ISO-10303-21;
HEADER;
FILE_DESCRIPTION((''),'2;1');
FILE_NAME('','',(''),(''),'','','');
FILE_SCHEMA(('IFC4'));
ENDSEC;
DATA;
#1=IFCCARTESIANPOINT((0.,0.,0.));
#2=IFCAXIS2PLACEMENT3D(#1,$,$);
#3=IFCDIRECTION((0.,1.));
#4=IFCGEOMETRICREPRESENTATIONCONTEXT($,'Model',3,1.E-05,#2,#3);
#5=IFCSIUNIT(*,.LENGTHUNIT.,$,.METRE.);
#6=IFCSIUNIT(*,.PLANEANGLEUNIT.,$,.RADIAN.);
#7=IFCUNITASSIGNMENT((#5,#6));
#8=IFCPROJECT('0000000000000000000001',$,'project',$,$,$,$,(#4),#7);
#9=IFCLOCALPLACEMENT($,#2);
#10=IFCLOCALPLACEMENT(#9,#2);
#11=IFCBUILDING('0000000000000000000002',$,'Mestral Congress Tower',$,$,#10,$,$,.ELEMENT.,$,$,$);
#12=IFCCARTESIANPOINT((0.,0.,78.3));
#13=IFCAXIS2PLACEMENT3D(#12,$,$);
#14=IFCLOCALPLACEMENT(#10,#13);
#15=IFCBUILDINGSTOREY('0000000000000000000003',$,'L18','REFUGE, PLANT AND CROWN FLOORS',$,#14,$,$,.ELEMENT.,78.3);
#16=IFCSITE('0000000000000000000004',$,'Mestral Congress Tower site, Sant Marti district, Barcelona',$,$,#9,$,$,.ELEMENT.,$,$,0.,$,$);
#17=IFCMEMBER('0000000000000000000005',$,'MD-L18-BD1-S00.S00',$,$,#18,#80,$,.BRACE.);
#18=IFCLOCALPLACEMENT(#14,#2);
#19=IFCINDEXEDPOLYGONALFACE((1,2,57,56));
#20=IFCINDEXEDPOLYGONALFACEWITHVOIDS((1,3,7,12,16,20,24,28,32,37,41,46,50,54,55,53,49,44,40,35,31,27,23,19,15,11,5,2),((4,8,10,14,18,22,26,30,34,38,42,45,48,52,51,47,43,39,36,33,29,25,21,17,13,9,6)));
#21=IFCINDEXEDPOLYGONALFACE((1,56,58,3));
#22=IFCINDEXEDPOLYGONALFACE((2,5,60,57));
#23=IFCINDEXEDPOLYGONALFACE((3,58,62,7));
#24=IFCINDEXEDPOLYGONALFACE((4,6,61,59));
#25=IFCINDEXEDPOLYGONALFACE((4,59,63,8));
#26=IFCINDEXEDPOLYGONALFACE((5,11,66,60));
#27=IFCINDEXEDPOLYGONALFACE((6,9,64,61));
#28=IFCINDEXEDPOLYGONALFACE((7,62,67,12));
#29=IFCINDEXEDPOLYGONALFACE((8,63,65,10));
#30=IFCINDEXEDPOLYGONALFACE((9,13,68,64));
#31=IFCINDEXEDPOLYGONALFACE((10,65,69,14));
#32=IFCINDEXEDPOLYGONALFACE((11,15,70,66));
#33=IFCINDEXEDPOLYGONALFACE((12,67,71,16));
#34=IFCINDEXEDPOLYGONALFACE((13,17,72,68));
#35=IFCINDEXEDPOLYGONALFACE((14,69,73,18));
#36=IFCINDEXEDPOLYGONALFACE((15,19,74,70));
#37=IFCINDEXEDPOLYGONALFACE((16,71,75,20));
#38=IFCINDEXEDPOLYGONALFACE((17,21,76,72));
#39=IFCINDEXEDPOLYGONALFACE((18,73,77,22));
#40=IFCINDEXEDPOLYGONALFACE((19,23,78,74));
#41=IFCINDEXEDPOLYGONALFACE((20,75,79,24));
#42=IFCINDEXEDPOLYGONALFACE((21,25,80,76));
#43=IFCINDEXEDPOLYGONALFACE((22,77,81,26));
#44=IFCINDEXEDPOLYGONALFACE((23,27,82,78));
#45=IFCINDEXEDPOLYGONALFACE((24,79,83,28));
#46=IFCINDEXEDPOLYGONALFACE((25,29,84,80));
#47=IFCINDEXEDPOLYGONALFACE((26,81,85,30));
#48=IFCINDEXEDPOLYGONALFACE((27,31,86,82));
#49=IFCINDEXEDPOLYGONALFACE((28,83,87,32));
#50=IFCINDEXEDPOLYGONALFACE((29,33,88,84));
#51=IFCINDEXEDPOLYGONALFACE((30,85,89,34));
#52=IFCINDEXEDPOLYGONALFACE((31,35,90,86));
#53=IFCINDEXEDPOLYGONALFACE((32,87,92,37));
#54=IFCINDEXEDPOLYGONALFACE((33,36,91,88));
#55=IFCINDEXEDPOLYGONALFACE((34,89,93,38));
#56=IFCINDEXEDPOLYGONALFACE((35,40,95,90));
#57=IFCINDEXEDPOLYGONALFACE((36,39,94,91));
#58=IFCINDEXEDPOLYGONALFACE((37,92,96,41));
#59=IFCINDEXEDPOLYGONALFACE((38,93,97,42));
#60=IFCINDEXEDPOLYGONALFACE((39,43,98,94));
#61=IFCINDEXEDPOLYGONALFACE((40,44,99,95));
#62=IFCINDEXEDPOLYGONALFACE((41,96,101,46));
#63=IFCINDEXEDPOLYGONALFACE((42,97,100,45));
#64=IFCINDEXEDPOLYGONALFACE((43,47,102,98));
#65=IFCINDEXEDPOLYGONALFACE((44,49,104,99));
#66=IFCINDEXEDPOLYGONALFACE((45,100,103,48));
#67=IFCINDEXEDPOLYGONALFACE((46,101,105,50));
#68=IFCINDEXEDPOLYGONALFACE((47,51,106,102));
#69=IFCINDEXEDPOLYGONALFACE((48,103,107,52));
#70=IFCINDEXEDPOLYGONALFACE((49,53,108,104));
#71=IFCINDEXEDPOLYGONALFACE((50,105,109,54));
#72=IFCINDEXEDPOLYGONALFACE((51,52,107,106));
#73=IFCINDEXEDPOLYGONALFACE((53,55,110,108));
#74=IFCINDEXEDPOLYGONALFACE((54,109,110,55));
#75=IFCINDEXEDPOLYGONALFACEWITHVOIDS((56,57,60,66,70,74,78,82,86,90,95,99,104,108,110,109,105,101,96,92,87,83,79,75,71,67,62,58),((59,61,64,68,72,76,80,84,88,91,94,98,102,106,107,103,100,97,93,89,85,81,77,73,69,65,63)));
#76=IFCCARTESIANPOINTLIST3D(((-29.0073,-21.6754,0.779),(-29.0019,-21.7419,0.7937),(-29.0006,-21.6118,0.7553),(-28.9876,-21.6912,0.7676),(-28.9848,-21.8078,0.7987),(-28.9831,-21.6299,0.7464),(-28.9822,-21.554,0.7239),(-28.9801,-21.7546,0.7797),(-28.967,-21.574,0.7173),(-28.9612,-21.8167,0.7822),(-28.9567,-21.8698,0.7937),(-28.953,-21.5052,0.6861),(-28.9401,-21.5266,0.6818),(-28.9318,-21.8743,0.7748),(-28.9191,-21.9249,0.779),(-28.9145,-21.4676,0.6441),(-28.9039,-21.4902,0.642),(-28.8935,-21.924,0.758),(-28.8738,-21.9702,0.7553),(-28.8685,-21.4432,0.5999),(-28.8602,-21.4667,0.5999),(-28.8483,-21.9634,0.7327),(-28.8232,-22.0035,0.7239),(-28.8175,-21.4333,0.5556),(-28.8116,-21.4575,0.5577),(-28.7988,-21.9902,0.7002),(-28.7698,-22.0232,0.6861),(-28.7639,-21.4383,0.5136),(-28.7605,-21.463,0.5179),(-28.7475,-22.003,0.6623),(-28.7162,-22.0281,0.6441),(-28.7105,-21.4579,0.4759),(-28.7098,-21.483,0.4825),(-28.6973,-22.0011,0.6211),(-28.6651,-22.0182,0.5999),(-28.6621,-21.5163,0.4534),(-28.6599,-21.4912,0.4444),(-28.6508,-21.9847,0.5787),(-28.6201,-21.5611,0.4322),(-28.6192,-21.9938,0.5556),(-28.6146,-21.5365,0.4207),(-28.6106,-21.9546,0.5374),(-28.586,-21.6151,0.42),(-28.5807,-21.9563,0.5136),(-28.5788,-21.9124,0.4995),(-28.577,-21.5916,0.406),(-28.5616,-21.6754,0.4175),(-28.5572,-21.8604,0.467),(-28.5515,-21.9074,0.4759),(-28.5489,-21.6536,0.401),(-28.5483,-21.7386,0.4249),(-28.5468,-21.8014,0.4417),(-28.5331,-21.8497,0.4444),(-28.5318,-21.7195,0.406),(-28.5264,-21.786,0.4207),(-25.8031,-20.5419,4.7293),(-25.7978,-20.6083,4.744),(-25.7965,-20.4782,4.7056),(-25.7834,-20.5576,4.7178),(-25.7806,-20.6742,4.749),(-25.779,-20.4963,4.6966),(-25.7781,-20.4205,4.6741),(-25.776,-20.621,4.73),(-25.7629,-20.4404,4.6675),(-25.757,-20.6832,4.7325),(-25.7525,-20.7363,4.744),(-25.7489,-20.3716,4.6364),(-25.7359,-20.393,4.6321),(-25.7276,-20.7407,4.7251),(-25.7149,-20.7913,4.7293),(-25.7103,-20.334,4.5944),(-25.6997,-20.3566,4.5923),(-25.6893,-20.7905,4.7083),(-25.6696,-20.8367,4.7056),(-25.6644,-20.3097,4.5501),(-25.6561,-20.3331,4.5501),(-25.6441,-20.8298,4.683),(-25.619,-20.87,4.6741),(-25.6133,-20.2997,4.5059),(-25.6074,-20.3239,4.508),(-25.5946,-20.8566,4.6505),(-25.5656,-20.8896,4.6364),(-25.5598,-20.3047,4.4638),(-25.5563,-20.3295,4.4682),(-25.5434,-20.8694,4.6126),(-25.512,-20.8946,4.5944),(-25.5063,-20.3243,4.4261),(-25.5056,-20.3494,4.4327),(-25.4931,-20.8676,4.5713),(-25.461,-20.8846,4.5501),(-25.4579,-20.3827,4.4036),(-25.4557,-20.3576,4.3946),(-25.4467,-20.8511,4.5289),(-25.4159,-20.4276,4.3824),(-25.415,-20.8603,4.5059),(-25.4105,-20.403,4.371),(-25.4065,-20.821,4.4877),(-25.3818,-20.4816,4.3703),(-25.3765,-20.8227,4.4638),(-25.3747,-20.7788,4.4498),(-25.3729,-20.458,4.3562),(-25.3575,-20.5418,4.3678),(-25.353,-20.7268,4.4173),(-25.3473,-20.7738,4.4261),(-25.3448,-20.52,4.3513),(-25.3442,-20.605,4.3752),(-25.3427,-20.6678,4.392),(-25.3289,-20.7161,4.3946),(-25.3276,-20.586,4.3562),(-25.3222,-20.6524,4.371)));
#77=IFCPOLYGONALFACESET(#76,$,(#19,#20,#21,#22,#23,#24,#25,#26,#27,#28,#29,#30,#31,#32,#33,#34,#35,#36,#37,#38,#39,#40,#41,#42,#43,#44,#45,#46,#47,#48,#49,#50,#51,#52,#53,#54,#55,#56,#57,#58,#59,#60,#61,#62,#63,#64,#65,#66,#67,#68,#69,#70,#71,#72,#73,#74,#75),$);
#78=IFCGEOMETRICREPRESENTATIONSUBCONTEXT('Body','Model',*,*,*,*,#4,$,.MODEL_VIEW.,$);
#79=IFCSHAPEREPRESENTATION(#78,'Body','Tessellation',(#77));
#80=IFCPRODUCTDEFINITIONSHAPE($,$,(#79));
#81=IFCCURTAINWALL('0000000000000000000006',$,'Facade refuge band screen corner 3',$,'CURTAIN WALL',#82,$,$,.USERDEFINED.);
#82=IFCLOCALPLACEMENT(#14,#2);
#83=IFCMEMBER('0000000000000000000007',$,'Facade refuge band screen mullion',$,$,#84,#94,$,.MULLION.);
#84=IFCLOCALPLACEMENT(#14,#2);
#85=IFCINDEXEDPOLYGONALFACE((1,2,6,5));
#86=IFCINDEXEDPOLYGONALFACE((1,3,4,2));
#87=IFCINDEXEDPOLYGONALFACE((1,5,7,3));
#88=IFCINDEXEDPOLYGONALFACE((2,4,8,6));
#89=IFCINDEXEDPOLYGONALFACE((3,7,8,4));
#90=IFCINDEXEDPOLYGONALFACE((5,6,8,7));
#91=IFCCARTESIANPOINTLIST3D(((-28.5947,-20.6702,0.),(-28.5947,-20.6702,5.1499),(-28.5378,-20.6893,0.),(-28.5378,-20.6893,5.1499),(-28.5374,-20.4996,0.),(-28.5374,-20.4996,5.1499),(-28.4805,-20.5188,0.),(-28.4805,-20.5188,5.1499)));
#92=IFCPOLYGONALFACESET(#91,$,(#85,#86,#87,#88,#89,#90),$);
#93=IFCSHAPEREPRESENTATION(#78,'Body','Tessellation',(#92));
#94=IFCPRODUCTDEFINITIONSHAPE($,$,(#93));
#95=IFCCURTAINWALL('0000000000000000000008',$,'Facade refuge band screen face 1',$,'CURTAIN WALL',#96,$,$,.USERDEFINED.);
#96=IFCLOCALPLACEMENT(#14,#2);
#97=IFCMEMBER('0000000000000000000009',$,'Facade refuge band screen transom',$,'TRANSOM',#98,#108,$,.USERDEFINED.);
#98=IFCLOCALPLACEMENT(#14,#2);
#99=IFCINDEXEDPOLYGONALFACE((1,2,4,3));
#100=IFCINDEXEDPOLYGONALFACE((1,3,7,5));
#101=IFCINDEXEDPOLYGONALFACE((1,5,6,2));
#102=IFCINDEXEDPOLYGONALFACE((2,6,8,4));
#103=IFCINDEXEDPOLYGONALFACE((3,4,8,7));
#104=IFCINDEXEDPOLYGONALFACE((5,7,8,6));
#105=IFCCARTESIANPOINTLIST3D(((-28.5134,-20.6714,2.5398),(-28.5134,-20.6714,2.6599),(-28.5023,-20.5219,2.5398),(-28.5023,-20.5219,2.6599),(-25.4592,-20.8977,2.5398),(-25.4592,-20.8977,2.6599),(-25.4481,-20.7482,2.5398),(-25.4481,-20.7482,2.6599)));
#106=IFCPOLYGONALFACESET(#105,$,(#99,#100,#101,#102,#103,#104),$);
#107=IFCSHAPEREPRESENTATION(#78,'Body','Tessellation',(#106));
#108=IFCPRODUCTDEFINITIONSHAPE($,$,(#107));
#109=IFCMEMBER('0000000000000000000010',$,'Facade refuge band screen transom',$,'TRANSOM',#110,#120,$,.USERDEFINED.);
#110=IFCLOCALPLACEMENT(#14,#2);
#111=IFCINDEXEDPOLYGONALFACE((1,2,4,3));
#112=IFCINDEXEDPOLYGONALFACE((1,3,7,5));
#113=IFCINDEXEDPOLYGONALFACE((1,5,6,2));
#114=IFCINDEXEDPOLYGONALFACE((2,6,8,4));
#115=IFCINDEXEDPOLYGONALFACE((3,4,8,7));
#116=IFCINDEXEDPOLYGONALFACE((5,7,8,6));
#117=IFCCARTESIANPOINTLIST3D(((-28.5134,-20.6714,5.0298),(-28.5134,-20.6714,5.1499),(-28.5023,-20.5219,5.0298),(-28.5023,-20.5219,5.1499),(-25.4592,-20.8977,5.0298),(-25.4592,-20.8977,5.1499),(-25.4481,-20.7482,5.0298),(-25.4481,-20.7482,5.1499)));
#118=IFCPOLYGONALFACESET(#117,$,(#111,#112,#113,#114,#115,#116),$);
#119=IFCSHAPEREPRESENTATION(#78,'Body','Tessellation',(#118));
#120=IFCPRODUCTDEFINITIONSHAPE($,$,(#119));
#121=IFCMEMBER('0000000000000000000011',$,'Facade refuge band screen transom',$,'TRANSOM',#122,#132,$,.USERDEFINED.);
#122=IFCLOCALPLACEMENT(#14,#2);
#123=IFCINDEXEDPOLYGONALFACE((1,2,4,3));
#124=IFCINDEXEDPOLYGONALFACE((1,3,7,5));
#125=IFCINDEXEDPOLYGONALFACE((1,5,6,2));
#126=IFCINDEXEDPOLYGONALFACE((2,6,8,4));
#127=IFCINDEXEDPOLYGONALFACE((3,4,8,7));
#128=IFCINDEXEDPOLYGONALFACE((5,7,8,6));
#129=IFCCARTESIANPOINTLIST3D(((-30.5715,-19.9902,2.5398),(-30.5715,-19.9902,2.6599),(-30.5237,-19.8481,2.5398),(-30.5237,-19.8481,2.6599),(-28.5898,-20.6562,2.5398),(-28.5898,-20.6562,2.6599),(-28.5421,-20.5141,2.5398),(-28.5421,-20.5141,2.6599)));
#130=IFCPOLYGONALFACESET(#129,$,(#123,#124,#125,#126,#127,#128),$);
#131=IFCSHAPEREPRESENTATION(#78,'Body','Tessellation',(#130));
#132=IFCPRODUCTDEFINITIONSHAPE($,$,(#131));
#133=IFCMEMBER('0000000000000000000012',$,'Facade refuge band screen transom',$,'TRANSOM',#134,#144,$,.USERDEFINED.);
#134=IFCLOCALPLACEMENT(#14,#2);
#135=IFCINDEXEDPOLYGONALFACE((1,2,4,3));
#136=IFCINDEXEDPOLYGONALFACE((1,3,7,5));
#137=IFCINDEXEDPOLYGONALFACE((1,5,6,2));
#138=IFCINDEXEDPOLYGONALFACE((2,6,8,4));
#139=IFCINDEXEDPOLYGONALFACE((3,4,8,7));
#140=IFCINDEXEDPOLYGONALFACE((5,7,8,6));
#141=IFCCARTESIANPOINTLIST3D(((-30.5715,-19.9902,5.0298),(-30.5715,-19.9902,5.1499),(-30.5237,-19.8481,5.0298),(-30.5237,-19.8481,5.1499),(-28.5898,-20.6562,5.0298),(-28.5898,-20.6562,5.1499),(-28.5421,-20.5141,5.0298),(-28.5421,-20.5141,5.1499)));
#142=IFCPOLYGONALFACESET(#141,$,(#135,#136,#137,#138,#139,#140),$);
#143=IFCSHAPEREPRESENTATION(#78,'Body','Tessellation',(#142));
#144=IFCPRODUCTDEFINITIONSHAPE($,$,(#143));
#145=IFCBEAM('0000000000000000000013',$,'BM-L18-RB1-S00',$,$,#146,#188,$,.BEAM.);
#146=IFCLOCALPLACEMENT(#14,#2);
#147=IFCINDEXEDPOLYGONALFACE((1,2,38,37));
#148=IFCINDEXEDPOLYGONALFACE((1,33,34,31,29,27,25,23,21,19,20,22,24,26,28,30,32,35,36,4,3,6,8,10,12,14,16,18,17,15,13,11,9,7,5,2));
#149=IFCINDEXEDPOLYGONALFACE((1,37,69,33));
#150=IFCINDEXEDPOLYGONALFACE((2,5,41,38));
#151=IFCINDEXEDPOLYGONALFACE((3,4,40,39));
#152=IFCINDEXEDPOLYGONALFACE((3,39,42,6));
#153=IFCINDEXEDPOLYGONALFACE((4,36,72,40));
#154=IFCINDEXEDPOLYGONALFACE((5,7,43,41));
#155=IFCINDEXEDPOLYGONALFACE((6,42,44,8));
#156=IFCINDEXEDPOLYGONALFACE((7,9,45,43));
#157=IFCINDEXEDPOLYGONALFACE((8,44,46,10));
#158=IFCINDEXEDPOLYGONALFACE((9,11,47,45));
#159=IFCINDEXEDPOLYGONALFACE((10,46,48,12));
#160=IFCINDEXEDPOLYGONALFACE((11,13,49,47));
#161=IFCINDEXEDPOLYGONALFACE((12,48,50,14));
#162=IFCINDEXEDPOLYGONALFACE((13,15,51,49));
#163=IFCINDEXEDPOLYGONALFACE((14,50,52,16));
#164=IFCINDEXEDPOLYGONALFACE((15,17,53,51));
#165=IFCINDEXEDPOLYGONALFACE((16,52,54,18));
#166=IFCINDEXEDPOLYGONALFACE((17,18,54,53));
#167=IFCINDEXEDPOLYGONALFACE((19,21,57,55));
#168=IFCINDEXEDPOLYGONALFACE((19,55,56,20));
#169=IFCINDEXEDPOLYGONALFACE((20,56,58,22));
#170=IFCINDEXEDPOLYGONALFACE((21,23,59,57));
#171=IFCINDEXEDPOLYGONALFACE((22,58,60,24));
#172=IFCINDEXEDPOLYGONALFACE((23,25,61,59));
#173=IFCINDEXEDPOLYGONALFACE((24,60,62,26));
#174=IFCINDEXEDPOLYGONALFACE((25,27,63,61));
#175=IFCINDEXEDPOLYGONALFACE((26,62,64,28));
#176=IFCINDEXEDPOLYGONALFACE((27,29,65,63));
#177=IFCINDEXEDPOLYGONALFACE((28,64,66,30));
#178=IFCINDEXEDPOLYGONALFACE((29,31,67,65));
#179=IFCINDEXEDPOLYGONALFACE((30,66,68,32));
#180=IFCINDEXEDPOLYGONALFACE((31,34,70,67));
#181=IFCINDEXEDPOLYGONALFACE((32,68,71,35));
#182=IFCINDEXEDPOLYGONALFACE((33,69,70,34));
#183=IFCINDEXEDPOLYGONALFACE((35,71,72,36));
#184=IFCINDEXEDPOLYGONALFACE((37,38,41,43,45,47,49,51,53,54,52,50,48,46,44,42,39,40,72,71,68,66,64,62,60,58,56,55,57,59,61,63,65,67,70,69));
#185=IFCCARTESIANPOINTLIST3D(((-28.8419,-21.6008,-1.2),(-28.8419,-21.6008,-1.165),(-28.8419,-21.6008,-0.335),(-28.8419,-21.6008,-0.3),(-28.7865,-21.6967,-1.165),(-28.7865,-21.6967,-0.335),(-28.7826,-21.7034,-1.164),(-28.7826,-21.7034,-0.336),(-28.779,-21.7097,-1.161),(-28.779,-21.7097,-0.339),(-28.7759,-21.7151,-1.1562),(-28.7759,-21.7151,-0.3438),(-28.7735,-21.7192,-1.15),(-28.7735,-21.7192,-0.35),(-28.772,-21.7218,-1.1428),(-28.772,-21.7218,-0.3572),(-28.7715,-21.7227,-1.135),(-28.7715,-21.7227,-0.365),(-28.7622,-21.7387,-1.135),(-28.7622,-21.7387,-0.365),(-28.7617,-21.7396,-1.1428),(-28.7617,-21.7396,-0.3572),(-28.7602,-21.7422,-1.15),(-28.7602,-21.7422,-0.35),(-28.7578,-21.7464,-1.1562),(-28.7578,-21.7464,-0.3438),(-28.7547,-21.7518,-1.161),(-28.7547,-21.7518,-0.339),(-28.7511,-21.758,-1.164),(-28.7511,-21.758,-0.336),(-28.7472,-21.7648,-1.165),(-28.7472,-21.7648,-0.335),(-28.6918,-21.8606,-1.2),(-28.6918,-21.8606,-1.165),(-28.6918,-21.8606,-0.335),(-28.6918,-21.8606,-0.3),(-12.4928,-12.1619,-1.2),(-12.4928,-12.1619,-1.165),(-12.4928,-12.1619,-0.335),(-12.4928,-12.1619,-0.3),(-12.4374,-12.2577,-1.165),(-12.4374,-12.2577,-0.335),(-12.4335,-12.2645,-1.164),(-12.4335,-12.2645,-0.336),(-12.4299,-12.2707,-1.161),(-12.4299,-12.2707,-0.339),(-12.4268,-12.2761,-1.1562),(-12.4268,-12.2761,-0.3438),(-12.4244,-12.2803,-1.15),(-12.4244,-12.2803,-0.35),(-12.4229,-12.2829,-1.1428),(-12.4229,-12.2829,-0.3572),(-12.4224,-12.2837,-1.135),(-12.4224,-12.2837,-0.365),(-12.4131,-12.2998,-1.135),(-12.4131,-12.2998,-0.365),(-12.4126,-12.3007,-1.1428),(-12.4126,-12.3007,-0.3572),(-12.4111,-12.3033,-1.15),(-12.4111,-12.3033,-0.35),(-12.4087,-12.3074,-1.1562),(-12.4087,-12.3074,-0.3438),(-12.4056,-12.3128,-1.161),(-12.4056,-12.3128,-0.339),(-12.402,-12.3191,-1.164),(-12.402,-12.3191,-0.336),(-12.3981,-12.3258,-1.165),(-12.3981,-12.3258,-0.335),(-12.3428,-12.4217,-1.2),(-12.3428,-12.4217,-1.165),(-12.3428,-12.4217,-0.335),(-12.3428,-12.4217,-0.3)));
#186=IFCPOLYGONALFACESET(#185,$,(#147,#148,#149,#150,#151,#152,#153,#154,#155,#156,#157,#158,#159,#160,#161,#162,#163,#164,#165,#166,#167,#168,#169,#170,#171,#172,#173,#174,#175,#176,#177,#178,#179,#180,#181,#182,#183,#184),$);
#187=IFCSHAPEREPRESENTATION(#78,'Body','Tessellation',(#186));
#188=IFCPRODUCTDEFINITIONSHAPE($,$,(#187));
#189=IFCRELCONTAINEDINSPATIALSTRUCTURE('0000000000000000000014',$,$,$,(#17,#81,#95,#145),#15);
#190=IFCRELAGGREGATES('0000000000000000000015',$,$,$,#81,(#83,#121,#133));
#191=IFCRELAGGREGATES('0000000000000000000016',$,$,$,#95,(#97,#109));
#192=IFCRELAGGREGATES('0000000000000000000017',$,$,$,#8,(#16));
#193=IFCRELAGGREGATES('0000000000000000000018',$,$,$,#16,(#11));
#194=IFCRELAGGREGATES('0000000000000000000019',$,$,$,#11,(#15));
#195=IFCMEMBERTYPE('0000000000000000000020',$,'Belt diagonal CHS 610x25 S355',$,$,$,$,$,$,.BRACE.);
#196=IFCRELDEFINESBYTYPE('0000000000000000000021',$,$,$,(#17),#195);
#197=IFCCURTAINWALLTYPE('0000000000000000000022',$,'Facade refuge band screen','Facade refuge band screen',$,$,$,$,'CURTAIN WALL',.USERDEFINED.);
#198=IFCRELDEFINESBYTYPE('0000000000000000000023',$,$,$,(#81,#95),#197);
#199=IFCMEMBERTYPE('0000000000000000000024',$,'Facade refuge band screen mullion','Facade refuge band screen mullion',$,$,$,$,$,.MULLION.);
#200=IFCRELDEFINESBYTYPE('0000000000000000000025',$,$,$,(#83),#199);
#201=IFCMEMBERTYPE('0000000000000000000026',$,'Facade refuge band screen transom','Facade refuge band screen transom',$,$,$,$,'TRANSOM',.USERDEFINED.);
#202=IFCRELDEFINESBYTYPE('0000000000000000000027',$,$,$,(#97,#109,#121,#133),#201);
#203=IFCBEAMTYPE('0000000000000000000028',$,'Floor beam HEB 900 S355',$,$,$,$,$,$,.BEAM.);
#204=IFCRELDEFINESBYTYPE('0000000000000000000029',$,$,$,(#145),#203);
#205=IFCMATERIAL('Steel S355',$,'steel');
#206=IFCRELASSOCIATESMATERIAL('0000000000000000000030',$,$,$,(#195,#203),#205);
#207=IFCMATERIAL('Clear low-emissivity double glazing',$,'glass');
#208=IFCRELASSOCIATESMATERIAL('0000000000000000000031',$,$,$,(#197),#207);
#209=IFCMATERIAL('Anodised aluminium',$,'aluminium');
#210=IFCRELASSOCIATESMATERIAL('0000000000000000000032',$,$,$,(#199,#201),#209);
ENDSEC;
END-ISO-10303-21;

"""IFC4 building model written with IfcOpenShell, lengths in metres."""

from ifc_helpers import new_model, si_unit, direction, frame, origin, origin_2d, place, context, subcontext, project, spatial, rectangle, hollow_circle, i_section, extrude, material, material_profile, profile_set, type_object, element, aggregate, save


model = new_model("IFC4")

# Units and contexts
model_context = context("Model", 3, precision=1e-05, world=origin(), true_north=direction((0.0, 1.0)))
body_context = subcontext(model_context, "Body", "Model", "MODEL_VIEW")
ifc_project = project(units=[si_unit("LENGTHUNIT", "METRE"), si_unit("PLANEANGLEUNIT", "RADIAN")], contexts=[model_context])

# Site, building, storey
site_placement = place(None, origin())
site = spatial("IfcSite", under=ifc_project, at=site_placement, Name="Mestral Congress Tower site, Sant Marti district, Barcelona", CompositionType="ELEMENT", RefElevation=0.0)
building_placement = place(site_placement, origin())
building = spatial("IfcBuilding", under=site, at=building_placement, Name="Mestral Congress Tower", CompositionType="ELEMENT")
storey_placement = place(building_placement, frame((0.0, 0.0, 78.3)))
storey = spatial("IfcBuildingStorey", under=building, at=storey_placement, Name="L18", Description="REFUGE, PLANT AND CROWN FLOORS", CompositionType="ELEMENT", Elevation=78.3)

# Member
ifc_material_1 = material(Name="Steel S355", Category="steel")
ifc_material_profile_1 = material_profile(ifc_material_1, hollow_circle(Radius=0.3049, WallThickness=0.0249, at=origin_2d()), Name="CHS 610x25")
ifc_profile_set_1 = profile_set([ifc_material_profile_1], Name="Steel S355")
member_type_1 = type_object("IfcMemberType", Name="Belt diagonal CHS 610x25 S355", PredefinedType="BRACE", material=ifc_profile_set_1)
member_1_placement = place(storey_placement, frame((-28.7668, -21.7307, 0.5999), z_axis=(0.614865, 0.217526, 0.758039), x_axis=(-0.333523, 0.942742, 0.0)))
element("IfcMember", 1, at=member_1_placement, inside=storey, type_object=member_type_1, Name="MD-L18-BD1-S00.S00", PredefinedType="BRACE", context=body_context, shape_type="SweptSolid", body=[
    extrude(hollow_circle(Radius=0.3049, WallThickness=0.0249, at=origin_2d()), origin(), (0.0, 0.0, 1.0), 5.2112),
])

# Curtain wall, member
ifc_material_2 = material(Name="Clear low-emissivity double glazing", Category="glass")
curtain_wall_type = type_object("IfcCurtainWallType", Name="Facade refuge band screen", Description="Facade refuge band screen", ElementType="CURTAIN WALL", PredefinedType="USERDEFINED", material=ifc_material_2)
placement = place(storey_placement, origin())
curtain_wall_1 = element("IfcCurtainWall", 2, at=placement, inside=storey, type_object=curtain_wall_type, Name="Facade refuge band screen corner 3", ObjectType="CURTAIN WALL", PredefinedType="USERDEFINED")
ifc_material_3 = material(Name="Anodised aluminium", Category="aluminium")
ifc_material_profile_2 = material_profile(ifc_material_3, rectangle(XDim=0.1799, YDim=0.0601, at=origin_2d()), Name="CW3 mullion 180 x 60")
ifc_profile_set_2 = profile_set([ifc_material_profile_2], Name="Anodised aluminium")
member_type_2 = type_object("IfcMemberType", Name="Facade refuge band screen mullion", Description="Facade refuge band screen mullion", PredefinedType="MULLION", material=ifc_profile_set_2)
member_2_placement = place(storey_placement, frame((-28.5376, -20.5945, 0.0), z_axis=(0.0, 0.0, 1.0), x_axis=(-0.318542, -0.947909, 0.0)))
member_2 = element("IfcMember", 3, at=member_2_placement, type_object=member_type_2, Name="Facade refuge band screen mullion", PredefinedType="MULLION", context=body_context, shape_type="SweptSolid", body=[
    extrude(rectangle(XDim=0.1799, YDim=0.0601, at=origin_2d()), origin(), (0.0, 0.0, 1.0), 5.1499),
])

# Curtain wall, members
curtain_wall_2 = element("IfcCurtainWall", 4, at=placement, inside=storey, type_object=curtain_wall_type, Name="Facade refuge band screen face 1", ObjectType="CURTAIN WALL", PredefinedType="USERDEFINED")
ifc_material_profile_3 = material_profile(ifc_material_3, rectangle(XDim=0.1499, YDim=0.1201, at=origin_2d()), Name="CW3 transom 150 x 120")
ifc_profile_set_3 = profile_set([ifc_material_profile_3], Name="Anodised aluminium")
member_type_3 = type_object("IfcMemberType", Name="Facade refuge band screen transom", Description="Facade refuge band screen transom", ElementType="TRANSOM", PredefinedType="USERDEFINED", material=ifc_profile_set_3)
member_3_placement = place(storey_placement, frame((-28.5078, -20.5967, 2.5999), z_axis=(0.997266, -0.073898, 0.0), x_axis=(0.073898, 0.997266, 0.0)))
member_3 = element("IfcMember", 5, at=member_3_placement, type_object=member_type_3, Name="Facade refuge band screen transom", ObjectType="TRANSOM", PredefinedType="USERDEFINED", context=body_context, shape_type="SweptSolid", body=[
    extrude(rectangle(XDim=0.1499, YDim=0.1201, at=origin_2d()), origin(), (0.0, 0.0, 1.0), 3.0625),
])
member_4_placement = place(storey_placement, frame((-28.5078, -20.5967, 5.0898), z_axis=(0.997266, -0.073898, 0.0), x_axis=(0.073898, 0.997266, 0.0)))
member_4 = element("IfcMember", 6, at=member_4_placement, type_object=member_type_3, Name="Facade refuge band screen transom", ObjectType="TRANSOM", PredefinedType="USERDEFINED", context=body_context, shape_type="SweptSolid", body=[
    extrude(rectangle(XDim=0.1499, YDim=0.1201, at=origin_2d()), origin(), (0.0, 0.0, 1.0), 3.0625),
])

# Members
member_5_placement = place(storey_placement, frame((-30.5476, -19.9192, 2.5999), z_axis=(0.947898, -0.318574, 0.0), x_axis=(0.318574, 0.947898, 0.0)))
member_5 = element("IfcMember", 7, at=member_5_placement, type_object=member_type_3, Name="Facade refuge band screen transom", ObjectType="TRANSOM", PredefinedType="USERDEFINED", context=body_context, shape_type="SweptSolid", body=[
    extrude(rectangle(XDim=0.1499, YDim=0.1201, at=origin_2d()), origin(), (0.0, 0.0, 1.0), 2.0906),
])
member_6_placement = place(storey_placement, frame((-30.5476, -19.9192, 5.0898), z_axis=(0.947898, -0.318574, 0.0), x_axis=(0.318574, 0.947898, 0.0)))
member_6 = element("IfcMember", 8, at=member_6_placement, type_object=member_type_3, Name="Facade refuge band screen transom", ObjectType="TRANSOM", PredefinedType="USERDEFINED", context=body_context, shape_type="SweptSolid", body=[
    extrude(rectangle(XDim=0.1499, YDim=0.1201, at=origin_2d()), origin(), (0.0, 0.0, 1.0), 2.0906),
])

# Beam
ifc_material_profile_4 = material_profile(ifc_material_1, i_section(OverallWidth=0.3, OverallDepth=0.8999, WebThickness=0.0186, FlangeThickness=0.0349, FilletRadius=0.03, at=origin_2d()), Name="HEB 900")
ifc_profile_set_4 = profile_set([ifc_material_profile_4], Name="Steel S355")
beam_type_1 = type_object("IfcBeamType", Name="Floor beam HEB 900 S355", PredefinedType="BEAM", material=ifc_profile_set_4)
beam_1_placement = place(storey_placement, frame((-28.7668, -21.7307, -0.75), z_axis=(0.86603, 0.499992, 0.0), x_axis=(-0.499992, 0.86603, 0.0)))
element("IfcBeam", 9, at=beam_1_placement, inside=storey, type_object=beam_type_1, Name="BM-L18-RB1-S00", PredefinedType="BEAM", context=body_context, shape_type="SweptSolid", body=[
    extrude(i_section(OverallWidth=0.3, OverallDepth=0.8999, WebThickness=0.0186, FlangeThickness=0.0349, FilletRadius=0.03, at=origin_2d()), origin(), (0.0, 0.0, 1.0), 18.8782),
])

aggregate(curtain_wall_1, [member_2, member_5, member_6])

aggregate(curtain_wall_2, [member_3, member_4])

save(model, "model.ifc")
